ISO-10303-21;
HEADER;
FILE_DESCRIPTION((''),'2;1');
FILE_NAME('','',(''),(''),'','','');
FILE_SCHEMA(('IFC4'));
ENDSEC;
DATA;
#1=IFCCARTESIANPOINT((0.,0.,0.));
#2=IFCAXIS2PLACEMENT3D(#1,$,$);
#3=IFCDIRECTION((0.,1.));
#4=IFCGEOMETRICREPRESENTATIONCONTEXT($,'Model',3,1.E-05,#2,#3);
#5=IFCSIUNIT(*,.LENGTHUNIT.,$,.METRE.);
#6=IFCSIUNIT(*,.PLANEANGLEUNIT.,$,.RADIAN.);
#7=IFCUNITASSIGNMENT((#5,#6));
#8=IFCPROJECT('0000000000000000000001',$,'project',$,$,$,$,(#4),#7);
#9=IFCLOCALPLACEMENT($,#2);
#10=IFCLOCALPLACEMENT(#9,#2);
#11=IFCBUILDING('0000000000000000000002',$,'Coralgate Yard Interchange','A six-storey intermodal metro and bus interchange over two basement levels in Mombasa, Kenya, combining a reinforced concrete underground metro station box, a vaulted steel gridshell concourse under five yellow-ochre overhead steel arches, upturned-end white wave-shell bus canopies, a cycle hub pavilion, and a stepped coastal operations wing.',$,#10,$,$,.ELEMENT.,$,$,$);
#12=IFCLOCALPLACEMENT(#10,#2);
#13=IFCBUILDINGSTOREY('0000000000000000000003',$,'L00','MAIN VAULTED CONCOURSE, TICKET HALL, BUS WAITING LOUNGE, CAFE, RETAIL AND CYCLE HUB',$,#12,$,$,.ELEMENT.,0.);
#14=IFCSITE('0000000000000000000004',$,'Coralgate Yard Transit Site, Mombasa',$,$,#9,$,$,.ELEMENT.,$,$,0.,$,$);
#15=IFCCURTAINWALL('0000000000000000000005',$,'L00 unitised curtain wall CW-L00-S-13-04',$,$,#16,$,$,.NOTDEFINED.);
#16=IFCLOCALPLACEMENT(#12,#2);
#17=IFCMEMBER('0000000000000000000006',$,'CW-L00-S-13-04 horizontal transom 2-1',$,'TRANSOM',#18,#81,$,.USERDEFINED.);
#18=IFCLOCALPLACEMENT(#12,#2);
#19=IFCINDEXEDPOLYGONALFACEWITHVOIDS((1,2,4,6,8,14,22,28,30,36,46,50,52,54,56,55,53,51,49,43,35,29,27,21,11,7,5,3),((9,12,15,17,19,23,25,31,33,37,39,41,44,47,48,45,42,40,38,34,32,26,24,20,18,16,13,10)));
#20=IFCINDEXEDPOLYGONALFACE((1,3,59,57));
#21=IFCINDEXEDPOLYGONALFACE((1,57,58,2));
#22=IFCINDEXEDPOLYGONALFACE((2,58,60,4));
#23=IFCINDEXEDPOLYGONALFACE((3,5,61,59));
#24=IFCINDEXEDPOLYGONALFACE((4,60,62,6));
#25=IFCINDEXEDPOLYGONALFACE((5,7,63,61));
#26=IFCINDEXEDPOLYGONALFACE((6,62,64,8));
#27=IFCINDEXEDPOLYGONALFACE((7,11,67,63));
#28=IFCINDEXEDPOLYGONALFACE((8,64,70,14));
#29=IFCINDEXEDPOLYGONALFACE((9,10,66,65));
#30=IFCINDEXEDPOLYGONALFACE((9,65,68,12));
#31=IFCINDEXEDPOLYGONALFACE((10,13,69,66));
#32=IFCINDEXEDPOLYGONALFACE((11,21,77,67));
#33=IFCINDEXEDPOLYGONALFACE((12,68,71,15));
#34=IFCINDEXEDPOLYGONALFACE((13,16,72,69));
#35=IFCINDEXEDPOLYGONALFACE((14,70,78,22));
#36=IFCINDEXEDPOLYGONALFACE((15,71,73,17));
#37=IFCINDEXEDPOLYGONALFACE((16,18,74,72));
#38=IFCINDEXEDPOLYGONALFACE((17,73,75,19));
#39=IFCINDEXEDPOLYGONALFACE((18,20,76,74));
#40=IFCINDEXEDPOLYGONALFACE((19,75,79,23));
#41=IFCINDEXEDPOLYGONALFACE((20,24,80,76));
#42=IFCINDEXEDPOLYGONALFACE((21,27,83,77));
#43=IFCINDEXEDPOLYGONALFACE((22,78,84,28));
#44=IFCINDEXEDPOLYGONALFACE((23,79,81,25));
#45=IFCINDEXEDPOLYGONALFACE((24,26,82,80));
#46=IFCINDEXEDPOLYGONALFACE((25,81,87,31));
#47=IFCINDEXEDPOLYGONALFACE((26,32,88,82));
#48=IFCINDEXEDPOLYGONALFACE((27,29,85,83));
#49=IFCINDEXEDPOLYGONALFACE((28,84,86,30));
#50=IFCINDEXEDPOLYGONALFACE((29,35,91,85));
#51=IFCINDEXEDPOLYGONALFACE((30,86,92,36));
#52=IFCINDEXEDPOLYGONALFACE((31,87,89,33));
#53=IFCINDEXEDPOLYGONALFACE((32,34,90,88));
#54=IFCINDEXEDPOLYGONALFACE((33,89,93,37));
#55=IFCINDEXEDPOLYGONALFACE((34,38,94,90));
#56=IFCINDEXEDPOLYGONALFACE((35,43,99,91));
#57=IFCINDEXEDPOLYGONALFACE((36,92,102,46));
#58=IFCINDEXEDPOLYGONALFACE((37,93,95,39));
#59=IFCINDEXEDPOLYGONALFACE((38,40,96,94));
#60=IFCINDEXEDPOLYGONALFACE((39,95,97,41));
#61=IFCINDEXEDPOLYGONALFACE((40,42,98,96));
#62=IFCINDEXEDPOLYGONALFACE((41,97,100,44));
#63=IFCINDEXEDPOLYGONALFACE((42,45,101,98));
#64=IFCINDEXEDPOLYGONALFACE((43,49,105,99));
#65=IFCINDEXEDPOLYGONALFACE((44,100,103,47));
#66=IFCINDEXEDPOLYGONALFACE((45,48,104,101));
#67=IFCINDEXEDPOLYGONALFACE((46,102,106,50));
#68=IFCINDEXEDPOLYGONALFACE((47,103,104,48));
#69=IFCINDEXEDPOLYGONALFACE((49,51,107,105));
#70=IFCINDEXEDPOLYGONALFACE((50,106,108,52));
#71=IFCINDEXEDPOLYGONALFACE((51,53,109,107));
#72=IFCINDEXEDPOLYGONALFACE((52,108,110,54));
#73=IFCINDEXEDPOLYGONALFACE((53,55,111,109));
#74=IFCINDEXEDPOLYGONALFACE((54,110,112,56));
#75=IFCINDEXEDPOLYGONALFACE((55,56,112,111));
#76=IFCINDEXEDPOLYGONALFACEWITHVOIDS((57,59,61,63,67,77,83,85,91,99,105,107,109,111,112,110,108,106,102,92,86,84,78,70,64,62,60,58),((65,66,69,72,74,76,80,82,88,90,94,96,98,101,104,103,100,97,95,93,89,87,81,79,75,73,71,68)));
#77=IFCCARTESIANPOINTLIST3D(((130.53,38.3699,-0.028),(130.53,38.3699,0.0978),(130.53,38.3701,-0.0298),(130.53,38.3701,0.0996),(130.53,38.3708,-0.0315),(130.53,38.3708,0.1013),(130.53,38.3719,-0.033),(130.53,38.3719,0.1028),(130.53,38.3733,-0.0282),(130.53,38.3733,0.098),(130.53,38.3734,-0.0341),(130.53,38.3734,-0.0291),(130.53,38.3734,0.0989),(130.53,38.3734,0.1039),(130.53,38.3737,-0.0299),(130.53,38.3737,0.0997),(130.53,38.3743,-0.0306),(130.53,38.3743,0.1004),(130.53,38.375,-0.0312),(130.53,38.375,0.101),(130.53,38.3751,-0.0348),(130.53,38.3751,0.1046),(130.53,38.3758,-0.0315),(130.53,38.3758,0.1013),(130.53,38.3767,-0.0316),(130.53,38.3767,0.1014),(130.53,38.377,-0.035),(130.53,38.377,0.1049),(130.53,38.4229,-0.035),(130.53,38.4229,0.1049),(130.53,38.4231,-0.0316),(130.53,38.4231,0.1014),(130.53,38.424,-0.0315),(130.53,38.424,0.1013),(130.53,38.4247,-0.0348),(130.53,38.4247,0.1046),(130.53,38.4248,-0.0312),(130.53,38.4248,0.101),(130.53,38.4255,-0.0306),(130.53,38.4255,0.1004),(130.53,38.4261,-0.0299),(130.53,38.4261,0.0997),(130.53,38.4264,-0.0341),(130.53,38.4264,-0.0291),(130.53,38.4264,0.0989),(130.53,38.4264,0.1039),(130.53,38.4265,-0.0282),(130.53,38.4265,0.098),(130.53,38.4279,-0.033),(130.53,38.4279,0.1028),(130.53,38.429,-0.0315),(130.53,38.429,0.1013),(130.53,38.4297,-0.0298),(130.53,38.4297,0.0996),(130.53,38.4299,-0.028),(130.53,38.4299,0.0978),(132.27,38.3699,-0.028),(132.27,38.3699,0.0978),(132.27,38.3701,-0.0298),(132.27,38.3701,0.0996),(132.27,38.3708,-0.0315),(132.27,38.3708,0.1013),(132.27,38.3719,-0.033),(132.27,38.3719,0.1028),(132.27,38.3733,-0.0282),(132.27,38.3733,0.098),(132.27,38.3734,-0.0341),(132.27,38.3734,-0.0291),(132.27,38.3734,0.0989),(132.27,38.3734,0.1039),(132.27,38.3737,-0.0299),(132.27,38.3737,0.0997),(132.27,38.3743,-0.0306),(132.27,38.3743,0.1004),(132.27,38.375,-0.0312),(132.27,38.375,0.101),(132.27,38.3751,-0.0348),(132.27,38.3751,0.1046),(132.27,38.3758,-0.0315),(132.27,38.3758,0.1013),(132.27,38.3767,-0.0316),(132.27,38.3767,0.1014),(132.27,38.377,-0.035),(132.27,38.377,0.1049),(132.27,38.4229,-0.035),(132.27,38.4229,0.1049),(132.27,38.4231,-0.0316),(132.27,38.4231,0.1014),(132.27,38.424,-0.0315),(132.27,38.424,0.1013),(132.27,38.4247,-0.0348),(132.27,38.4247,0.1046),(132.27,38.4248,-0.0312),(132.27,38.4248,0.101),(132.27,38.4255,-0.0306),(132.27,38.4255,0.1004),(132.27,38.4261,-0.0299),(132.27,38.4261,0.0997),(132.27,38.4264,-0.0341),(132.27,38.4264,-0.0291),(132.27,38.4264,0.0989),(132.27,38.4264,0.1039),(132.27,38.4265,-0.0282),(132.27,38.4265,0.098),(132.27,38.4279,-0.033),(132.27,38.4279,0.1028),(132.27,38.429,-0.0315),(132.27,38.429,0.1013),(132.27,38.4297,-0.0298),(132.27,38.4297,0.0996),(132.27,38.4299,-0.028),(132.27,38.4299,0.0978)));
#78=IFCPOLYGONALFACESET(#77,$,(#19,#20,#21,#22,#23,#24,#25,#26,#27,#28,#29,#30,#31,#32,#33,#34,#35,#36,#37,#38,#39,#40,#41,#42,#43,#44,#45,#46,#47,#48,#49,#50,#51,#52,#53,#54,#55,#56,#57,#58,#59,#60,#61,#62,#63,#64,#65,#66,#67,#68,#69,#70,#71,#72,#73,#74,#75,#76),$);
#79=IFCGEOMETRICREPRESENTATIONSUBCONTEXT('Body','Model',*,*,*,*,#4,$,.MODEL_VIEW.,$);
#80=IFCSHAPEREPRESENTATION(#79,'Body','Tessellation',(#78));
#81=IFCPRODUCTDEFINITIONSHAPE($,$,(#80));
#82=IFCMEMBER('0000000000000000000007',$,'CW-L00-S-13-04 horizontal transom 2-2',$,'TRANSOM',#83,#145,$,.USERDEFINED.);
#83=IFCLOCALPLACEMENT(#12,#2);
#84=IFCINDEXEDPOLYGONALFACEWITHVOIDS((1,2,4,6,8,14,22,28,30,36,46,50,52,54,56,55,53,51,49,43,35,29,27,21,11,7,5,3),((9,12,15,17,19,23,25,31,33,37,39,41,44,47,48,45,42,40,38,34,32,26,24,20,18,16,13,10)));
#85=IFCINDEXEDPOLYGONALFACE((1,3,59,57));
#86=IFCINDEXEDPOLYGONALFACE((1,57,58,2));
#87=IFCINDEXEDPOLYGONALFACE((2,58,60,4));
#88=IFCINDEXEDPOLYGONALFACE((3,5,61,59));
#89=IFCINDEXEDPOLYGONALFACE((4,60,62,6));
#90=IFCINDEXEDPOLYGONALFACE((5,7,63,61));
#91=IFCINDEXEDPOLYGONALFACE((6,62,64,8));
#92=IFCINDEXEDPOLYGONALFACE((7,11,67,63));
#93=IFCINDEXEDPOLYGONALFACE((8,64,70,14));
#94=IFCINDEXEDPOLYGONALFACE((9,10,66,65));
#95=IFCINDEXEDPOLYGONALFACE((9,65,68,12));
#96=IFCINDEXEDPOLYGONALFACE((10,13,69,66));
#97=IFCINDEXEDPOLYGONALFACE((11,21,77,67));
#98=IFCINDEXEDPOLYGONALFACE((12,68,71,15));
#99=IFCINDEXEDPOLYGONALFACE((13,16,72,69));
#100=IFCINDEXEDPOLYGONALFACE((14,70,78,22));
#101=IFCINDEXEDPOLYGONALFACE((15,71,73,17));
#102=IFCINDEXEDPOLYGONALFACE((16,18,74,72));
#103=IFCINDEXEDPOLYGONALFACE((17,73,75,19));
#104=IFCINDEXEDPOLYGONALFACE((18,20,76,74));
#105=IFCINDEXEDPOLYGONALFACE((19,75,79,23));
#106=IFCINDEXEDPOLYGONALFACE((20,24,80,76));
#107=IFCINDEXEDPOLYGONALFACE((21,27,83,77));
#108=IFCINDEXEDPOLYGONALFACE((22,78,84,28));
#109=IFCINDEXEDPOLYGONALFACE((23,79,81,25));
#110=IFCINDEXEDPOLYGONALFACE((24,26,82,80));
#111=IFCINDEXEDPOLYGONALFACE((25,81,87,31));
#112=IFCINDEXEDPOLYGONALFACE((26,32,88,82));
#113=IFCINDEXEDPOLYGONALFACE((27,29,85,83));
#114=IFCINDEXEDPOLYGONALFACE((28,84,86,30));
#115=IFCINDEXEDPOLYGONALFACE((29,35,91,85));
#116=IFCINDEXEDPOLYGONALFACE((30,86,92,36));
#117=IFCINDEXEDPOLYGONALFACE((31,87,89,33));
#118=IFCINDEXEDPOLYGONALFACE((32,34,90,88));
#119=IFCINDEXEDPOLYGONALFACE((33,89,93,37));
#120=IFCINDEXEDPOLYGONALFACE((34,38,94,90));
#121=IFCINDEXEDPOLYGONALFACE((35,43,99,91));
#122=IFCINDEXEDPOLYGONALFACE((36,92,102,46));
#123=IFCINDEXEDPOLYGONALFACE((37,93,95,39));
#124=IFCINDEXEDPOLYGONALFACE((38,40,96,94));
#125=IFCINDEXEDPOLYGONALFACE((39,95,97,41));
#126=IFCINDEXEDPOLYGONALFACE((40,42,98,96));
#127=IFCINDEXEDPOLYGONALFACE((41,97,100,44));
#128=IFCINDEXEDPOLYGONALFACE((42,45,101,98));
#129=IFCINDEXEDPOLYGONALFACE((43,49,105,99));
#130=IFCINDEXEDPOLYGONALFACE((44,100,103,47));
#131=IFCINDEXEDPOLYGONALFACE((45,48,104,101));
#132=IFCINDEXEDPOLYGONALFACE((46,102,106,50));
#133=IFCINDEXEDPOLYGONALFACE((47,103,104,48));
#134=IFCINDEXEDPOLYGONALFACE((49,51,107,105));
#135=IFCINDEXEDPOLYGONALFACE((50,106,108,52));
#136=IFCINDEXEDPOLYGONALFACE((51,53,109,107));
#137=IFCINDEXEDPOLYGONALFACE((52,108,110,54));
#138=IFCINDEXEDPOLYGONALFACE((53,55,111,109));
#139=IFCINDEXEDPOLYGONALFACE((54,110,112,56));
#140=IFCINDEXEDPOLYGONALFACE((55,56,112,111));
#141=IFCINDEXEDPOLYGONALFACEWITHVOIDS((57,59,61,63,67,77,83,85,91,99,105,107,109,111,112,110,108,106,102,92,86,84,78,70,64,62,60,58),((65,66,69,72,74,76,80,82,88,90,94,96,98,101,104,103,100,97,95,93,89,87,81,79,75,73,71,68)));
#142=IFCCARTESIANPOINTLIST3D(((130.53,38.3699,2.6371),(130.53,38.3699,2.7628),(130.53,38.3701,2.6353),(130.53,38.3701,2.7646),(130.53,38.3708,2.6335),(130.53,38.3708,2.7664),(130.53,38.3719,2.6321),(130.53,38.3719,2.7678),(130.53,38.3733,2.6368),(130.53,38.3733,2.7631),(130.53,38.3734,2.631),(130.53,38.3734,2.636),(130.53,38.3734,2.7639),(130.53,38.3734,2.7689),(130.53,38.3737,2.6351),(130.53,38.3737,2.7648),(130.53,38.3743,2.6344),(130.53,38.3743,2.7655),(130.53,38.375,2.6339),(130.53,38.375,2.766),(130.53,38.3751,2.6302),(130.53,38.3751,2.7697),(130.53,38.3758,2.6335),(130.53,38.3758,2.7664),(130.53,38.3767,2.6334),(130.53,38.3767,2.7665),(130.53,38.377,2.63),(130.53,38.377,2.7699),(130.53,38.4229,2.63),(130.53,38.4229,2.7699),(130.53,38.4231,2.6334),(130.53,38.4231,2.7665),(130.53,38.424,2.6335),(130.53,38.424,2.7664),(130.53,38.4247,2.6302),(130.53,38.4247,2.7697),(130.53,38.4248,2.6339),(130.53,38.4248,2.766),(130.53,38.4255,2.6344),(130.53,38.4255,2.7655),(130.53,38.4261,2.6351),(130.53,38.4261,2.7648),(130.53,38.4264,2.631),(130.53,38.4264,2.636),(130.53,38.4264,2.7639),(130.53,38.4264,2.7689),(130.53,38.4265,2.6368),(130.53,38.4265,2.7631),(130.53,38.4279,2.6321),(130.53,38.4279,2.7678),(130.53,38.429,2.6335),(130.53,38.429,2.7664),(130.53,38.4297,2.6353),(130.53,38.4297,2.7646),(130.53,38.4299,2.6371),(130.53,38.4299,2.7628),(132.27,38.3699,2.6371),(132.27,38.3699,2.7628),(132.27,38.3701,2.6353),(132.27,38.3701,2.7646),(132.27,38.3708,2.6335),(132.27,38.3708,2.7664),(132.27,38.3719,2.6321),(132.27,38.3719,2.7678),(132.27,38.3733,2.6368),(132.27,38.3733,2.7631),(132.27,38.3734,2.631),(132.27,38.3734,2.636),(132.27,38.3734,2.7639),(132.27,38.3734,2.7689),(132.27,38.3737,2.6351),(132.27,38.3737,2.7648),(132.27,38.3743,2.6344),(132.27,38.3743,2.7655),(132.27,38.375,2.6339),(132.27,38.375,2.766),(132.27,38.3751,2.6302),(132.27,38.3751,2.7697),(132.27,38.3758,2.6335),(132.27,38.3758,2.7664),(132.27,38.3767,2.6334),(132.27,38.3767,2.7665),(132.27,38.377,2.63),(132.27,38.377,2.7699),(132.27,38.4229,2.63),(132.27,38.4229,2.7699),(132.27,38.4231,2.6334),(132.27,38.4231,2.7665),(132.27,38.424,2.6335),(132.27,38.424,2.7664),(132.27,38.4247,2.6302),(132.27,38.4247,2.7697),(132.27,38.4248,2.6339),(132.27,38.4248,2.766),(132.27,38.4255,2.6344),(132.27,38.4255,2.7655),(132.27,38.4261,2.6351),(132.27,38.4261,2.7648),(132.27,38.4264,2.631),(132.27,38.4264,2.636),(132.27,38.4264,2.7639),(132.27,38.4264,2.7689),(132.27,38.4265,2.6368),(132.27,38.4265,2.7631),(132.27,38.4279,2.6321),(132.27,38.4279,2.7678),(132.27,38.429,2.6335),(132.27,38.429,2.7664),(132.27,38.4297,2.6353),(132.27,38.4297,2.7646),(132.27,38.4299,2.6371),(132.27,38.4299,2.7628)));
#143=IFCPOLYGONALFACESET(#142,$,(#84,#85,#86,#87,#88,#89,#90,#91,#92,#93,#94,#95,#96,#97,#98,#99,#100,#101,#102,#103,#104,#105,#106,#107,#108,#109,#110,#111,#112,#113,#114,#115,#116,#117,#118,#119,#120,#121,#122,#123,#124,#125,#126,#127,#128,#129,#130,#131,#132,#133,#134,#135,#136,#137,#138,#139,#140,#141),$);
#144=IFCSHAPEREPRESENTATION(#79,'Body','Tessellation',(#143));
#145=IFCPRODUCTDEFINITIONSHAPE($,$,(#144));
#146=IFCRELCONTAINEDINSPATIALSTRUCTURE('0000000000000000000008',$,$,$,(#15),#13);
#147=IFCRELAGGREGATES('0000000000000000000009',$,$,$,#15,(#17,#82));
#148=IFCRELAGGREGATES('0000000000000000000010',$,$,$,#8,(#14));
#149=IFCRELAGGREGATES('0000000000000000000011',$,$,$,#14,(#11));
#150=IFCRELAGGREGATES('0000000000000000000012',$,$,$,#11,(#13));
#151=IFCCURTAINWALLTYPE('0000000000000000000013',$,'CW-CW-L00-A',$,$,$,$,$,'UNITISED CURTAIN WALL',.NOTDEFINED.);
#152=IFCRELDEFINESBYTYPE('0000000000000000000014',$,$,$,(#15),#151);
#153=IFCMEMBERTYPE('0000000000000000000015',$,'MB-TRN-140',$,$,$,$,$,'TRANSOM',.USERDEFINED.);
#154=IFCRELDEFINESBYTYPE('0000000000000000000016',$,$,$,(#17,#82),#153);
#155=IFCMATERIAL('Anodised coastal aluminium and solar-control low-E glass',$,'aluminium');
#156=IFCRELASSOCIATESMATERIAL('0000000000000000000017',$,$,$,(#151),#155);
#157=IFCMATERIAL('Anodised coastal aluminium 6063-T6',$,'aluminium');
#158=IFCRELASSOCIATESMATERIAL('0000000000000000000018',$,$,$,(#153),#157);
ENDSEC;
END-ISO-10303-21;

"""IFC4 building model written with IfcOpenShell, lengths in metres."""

from ifc_helpers import new_model, si_unit, direction, frame, origin, origin_2d, place, context, subcontext, project, spatial, hollow_rectangle, extrude, material, material_profile, profile_set, type_object, element, aggregate, save


model = new_model("IFC4")

# Units and contexts
model_context = context("Model", 3, precision=1e-05, world=origin(), true_north=direction((0.0, 1.0)))
body_context = subcontext(model_context, "Body", "Model", "MODEL_VIEW")
ifc_project = project(units=[si_unit("LENGTHUNIT", "METRE"), si_unit("PLANEANGLEUNIT", "RADIAN")], contexts=[model_context])

# Site, building, storey
site_placement = place(None, origin())
site = spatial("IfcSite", under=ifc_project, at=site_placement, Name="Coralgate Yard Transit Site, Mombasa", CompositionType="ELEMENT", RefElevation=0.0)
building_placement = place(site_placement, origin())
building = spatial("IfcBuilding", under=site, at=building_placement, Name="Coralgate Yard Interchange", Description="A six-storey intermodal metro and bus interchange over two basement levels in Mombasa, Kenya, combining a reinforced concrete underground metro station box, a vaulted steel gridshell concourse under five yellow-ochre overhead steel arches, upturned-end white wave-shell bus canopies, a cycle hub pavilion, and a stepped coastal operations wing.", CompositionType="ELEMENT")
storey_placement = place(building_placement, origin())
storey = spatial("IfcBuildingStorey", under=building, at=storey_placement, Name="L00", Description="MAIN VAULTED CONCOURSE, TICKET HALL, BUS WAITING LOUNGE, CAFE, RETAIL AND CYCLE HUB", CompositionType="ELEMENT", Elevation=0.0)

# Curtain wall, members
ifc_material_1 = material(Name="Anodised coastal aluminium and solar-control low-E glass", Category="aluminium")
curtain_wall_type = type_object("IfcCurtainWallType", Name="CW-CW-L00-A", ElementType="UNITISED CURTAIN WALL", PredefinedType="NOTDEFINED", material=ifc_material_1)
curtain_wall_placement = place(storey_placement, origin())
curtain_wall = element("IfcCurtainWall", 1, at=curtain_wall_placement, inside=storey, type_object=curtain_wall_type, Name="L00 unitised curtain wall CW-L00-S-13-04", PredefinedType="NOTDEFINED")
ifc_material_2 = material(Name="Anodised coastal aluminium 6063-T6", Category="aluminium")
ifc_material_profile_1 = material_profile(ifc_material_2, hollow_rectangle(XDim=0.0601, YDim=0.1399, WallThickness=0.0034, InnerFilletRadius=0.0034, OuterFilletRadius=0.0071, at=origin_2d()), Name="ALU 60x140x3.5")
ifc_profile_set_1 = profile_set([ifc_material_profile_1], Name="Anodised coastal aluminium 6063-T6")
member_type_1 = type_object("IfcMemberType", Name="MB-TRN-140", ElementType="TRANSOM", PredefinedType="USERDEFINED", material=ifc_profile_set_1)
member_1_placement = place(storey_placement, frame((132.27, 38.3999, 0.0349), z_axis=(-1.0, 0.0, 0.0), x_axis=(0.0, -1.0, 0.0)))
member_1 = element("IfcMember", 2, at=member_1_placement, type_object=member_type_1, Name="CW-L00-S-13-04 horizontal transom 2-1", ObjectType="TRANSOM", PredefinedType="USERDEFINED", context=body_context, shape_type="SweptSolid", body=[
    extrude(hollow_rectangle(XDim=0.0601, YDim=0.1399, WallThickness=0.0034, InnerFilletRadius=0.0034, OuterFilletRadius=0.0071, at=origin_2d()), origin(), (0.0, 0.0, 1.0), 1.74),
])
member_2_placement = place(storey_placement, frame((132.27, 38.3999, 2.7), z_axis=(-1.0, 0.0, 0.0), x_axis=(0.0, -1.0, 0.0)))
member_2 = element("IfcMember", 3, at=member_2_placement, type_object=member_type_1, Name="CW-L00-S-13-04 horizontal transom 2-2", ObjectType="TRANSOM", PredefinedType="USERDEFINED", context=body_context, shape_type="SweptSolid", body=[
    extrude(hollow_rectangle(XDim=0.0601, YDim=0.1399, WallThickness=0.0034, InnerFilletRadius=0.0034, OuterFilletRadius=0.0071, at=origin_2d()), origin(), (0.0, 0.0, 1.0), 1.74),
])
aggregate(curtain_wall, [member_1, member_2])

save(model, "model.ifc")
